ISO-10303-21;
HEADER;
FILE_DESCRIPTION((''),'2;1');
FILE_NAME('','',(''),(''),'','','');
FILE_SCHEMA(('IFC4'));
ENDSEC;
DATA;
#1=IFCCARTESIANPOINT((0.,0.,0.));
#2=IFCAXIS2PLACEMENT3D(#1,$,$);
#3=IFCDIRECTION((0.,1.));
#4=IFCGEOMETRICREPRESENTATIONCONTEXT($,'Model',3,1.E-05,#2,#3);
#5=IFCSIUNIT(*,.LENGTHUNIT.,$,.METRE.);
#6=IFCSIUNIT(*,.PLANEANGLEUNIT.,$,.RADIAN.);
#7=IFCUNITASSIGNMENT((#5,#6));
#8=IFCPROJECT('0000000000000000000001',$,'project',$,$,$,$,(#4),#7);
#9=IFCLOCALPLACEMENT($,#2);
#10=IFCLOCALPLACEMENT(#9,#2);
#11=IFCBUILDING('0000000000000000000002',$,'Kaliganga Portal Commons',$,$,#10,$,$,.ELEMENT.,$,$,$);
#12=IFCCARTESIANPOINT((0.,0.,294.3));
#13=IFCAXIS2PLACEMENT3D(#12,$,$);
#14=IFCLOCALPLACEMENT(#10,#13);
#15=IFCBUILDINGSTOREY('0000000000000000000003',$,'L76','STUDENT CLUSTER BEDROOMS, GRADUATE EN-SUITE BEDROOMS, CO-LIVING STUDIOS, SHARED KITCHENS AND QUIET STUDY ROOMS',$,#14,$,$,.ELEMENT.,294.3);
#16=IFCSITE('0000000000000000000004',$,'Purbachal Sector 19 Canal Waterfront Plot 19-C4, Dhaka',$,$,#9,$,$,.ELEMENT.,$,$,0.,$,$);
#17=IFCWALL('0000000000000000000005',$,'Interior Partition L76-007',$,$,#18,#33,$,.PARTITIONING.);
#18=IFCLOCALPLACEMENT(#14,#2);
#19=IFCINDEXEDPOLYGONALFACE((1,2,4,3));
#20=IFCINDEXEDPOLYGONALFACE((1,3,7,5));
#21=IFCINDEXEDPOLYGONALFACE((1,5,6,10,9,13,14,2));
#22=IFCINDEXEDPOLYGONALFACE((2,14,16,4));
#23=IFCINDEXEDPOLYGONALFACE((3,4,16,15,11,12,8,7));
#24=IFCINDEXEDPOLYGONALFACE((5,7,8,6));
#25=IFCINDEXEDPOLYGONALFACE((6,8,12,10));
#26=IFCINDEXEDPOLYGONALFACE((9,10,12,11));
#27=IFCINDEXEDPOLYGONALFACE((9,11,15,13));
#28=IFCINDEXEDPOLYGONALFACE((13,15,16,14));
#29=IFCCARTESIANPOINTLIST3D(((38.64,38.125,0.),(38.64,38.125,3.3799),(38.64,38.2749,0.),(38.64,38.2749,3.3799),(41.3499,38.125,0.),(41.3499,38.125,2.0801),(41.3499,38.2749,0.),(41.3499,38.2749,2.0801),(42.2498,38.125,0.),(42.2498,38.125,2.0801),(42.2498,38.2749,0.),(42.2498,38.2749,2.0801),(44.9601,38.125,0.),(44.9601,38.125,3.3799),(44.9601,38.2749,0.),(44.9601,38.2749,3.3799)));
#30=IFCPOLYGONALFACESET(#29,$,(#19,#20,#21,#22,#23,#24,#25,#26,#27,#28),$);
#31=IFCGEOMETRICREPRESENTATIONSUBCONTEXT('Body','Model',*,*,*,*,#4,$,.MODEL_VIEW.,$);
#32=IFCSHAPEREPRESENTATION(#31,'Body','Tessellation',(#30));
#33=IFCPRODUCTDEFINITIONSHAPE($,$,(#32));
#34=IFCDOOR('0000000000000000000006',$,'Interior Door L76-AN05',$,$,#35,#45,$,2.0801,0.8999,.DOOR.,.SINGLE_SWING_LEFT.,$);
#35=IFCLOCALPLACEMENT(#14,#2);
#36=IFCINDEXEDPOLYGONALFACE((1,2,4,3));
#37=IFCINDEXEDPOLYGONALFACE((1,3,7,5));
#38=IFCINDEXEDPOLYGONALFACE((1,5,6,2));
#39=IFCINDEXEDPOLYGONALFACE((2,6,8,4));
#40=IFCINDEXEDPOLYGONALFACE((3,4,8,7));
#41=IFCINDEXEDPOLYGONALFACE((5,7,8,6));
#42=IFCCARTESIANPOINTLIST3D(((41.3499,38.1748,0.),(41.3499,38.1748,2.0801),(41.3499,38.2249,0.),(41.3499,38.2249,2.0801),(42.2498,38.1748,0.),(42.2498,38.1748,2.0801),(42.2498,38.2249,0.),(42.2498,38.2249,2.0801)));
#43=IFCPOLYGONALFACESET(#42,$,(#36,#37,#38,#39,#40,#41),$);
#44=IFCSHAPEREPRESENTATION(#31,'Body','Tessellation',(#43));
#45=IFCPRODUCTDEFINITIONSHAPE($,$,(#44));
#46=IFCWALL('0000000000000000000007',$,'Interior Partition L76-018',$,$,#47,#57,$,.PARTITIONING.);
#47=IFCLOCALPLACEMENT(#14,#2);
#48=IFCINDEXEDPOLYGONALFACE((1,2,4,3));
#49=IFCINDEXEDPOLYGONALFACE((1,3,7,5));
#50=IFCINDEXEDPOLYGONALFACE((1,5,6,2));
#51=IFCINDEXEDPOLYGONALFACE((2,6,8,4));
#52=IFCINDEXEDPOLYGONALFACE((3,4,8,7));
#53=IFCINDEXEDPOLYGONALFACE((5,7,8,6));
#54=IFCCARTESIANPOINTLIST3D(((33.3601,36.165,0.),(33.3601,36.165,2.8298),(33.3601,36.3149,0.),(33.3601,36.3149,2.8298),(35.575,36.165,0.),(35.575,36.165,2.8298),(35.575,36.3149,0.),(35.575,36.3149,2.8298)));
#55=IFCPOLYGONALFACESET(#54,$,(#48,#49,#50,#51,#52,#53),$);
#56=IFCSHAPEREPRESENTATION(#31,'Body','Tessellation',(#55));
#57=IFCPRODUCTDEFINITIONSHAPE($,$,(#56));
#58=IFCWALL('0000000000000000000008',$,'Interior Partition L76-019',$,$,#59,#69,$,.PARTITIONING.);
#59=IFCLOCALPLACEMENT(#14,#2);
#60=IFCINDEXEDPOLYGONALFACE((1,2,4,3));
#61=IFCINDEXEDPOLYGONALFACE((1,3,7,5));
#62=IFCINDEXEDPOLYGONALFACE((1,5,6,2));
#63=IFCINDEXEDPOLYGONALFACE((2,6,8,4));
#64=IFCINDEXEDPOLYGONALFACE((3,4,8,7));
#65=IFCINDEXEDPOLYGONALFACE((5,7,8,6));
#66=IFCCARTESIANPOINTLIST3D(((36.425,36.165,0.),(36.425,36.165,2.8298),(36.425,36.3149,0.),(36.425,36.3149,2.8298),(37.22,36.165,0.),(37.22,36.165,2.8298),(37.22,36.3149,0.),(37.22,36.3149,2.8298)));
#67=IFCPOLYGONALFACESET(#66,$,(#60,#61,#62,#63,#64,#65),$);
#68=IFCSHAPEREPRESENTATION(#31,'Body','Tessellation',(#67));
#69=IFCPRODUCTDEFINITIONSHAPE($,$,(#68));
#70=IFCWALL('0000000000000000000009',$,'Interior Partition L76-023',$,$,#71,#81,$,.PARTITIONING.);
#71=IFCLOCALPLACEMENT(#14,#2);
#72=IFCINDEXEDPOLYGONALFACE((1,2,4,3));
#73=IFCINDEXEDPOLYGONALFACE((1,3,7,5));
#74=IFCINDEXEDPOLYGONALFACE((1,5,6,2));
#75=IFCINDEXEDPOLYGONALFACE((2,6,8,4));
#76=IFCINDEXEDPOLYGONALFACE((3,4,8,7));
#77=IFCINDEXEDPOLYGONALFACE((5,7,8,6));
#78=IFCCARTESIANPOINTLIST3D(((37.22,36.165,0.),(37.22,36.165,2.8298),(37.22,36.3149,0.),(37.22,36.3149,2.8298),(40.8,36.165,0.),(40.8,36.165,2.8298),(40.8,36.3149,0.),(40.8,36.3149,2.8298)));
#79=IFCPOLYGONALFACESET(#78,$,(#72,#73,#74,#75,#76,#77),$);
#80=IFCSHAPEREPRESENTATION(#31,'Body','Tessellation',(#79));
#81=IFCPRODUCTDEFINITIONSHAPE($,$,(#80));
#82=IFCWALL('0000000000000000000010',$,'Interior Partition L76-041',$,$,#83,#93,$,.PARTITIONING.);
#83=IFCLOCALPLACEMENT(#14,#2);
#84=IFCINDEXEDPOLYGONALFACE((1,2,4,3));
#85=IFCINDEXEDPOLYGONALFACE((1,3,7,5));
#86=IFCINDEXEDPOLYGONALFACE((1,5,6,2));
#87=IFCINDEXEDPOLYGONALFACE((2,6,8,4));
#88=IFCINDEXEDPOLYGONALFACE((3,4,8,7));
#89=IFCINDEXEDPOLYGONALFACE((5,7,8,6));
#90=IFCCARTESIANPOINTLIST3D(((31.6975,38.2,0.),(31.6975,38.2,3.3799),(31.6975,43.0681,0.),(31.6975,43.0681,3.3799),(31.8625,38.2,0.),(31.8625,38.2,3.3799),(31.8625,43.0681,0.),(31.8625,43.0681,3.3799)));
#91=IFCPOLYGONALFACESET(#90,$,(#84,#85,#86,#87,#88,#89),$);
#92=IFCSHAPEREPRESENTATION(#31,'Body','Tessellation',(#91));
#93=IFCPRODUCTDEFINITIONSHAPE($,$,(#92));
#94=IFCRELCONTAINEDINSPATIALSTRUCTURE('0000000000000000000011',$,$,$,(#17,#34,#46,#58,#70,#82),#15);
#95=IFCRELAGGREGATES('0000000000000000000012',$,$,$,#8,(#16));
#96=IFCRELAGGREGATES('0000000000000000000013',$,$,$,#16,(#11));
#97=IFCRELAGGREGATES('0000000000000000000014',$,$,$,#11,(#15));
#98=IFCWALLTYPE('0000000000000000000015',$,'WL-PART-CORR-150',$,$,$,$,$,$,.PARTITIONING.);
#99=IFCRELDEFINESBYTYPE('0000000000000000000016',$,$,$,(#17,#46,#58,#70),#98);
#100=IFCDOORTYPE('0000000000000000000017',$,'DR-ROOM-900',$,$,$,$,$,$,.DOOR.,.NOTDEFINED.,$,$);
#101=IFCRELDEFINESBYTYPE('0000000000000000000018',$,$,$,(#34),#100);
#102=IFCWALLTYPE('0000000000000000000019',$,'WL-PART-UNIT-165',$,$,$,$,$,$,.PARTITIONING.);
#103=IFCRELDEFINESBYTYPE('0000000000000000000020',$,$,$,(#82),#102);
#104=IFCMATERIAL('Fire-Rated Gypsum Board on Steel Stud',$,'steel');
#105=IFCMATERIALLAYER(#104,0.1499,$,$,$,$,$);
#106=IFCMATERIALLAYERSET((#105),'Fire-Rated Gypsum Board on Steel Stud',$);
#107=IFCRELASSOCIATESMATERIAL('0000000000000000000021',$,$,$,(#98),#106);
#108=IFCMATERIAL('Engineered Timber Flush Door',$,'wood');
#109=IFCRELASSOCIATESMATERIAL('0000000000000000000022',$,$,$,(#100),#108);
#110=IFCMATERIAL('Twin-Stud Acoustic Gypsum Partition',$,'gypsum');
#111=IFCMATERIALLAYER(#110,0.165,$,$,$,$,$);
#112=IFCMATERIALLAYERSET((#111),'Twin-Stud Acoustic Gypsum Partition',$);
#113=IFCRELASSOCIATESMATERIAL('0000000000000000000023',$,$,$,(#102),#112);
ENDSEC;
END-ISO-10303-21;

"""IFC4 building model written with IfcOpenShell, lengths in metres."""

from ifc_helpers import new_model, si_unit, direction, frame, frame_2d, origin, place, context, subcontext, project, spatial, rectangle, extrude, material, layer, layer_set, type_object, element, fill, save


model = new_model("IFC4")

# Units and contexts
model_context = context("Model", 3, precision=1e-05, world=origin(), true_north=direction((0.0, 1.0)))
body_context = subcontext(model_context, "Body", "Model", "MODEL_VIEW")
ifc_project = project(units=[si_unit("LENGTHUNIT", "METRE"), si_unit("PLANEANGLEUNIT", "RADIAN")], contexts=[model_context])

# Site, building, storey
site_placement = place(None, origin())
site = spatial("IfcSite", under=ifc_project, at=site_placement, Name="Purbachal Sector 19 Canal Waterfront Plot 19-C4, Dhaka", CompositionType="ELEMENT", RefElevation=0.0)
building_placement = place(site_placement, origin())
building = spatial("IfcBuilding", under=site, at=building_placement, Name="Kaliganga Portal Commons", CompositionType="ELEMENT")
storey_placement = place(building_placement, frame((0.0, 0.0, 294.3)))
storey = spatial("IfcBuildingStorey", under=building, at=storey_placement, Name="L76", Description="STUDENT CLUSTER BEDROOMS, GRADUATE EN-SUITE BEDROOMS, CO-LIVING STUDIOS, SHARED KITCHENS AND QUIET STUDY ROOMS", CompositionType="ELEMENT", Elevation=294.3)

# Wall, opening, door
ifc_material_1 = material(Name="Fire-Rated Gypsum Board on Steel Stud", Category="steel")
ifc_layer_1 = layer(ifc_material_1, 0.1499)
ifc_layer_set_1 = layer_set([ifc_layer_1], Name="Fire-Rated Gypsum Board on Steel Stud")
wall_type_1 = type_object("IfcWallType", Name="WL-PART-CORR-150", PredefinedType="PARTITIONING", material=ifc_layer_set_1)
wall_1_placement = place(storey_placement, frame((38.6399, 38.2, 0.0), z_axis=(0.0, 0.0, 1.0), x_axis=(1.0, 0.0, 0.0)))
wall_1 = element("IfcWall", 1, at=wall_1_placement, inside=storey, type_object=wall_type_1, Name="Interior Partition L76-007", PredefinedType="PARTITIONING", context=body_context, shape_type="SweptSolid", body=[
    extrude(rectangle(XDim=6.3201, YDim=0.1499, at=frame_2d((3.1602, 0.0))), origin(), (0.0, 0.0, 1.0), 3.3799),
])
opening_1_placement = place(wall_1_placement, frame((2.71, 0.0, 0.0)))
opening_1 = element("IfcOpeningElement", 2, at=opening_1_placement, cuts=wall_1, PredefinedType="OPENING", context=body_context, shape_type="SweptSolid", body=[
    extrude(rectangle(XDim=0.8999, YDim=2.0801, at=frame_2d((0.45, 1.04))), frame((0.0, 0.085, 0.0), z_axis=(0.0, -1.0, 0.0), x_axis=(1.0, 0.0, 0.0)), (0.0, 0.0, 1.0), 0.1699),
])
ifc_material_2 = material(Name="Engineered Timber Flush Door", Category="wood")
door_type_1 = type_object("IfcDoorType", Name="DR-ROOM-900", OperationType="NOTDEFINED", PredefinedType="DOOR", material=ifc_material_2)
door_1_placement = place(opening_1_placement, origin())
door_1 = element("IfcDoor", 3, at=door_1_placement, inside=storey, type_object=door_type_1, Name="Interior Door L76-AN05", OperationType="SINGLE_SWING_LEFT", OverallHeight=2.0801, OverallWidth=0.8999, PredefinedType="DOOR", context=body_context, shape_type="SweptSolid", body=[
    extrude(rectangle(XDim=0.8999, YDim=2.0801, at=frame_2d((0.45, 1.04))), frame((0.0, 0.0249, 0.0), z_axis=(0.0, -1.0, 0.0), x_axis=(1.0, 0.0, 0.0)), (0.0, 0.0, 1.0), 0.05),
])
fill(opening_1, door_1)

# Walls
wall_2_placement = place(storey_placement, frame((33.3601, 36.24, 0.0), z_axis=(0.0, 0.0, 1.0), x_axis=(1.0, 0.0, 0.0)))
element("IfcWall", 4, at=wall_2_placement, inside=storey, type_object=wall_type_1, Name="Interior Partition L76-018", PredefinedType="PARTITIONING", context=body_context, shape_type="SweptSolid", body=[
    extrude(rectangle(XDim=2.2148, YDim=0.1499, at=frame_2d((1.1074, 0.0))), origin(), (0.0, 0.0, 1.0), 2.8298),
])
wall_3_placement = place(storey_placement, frame((36.425, 36.24, 0.0), z_axis=(0.0, 0.0, 1.0), x_axis=(1.0, 0.0, 0.0)))
element("IfcWall", 5, at=wall_3_placement, inside=storey, type_object=wall_type_1, Name="Interior Partition L76-019", PredefinedType="PARTITIONING", context=body_context, shape_type="SweptSolid", body=[
    extrude(rectangle(XDim=0.7949, YDim=0.1499, at=frame_2d((0.3975, 0.0))), origin(), (0.0, 0.0, 1.0), 2.8298),
])
wall_4_placement = place(storey_placement, frame((37.22, 36.24, 0.0), z_axis=(0.0, 0.0, 1.0), x_axis=(1.0, 0.0, 0.0)))
element("IfcWall", 6, at=wall_4_placement, inside=storey, type_object=wall_type_1, Name="Interior Partition L76-023", PredefinedType="PARTITIONING", context=body_context, shape_type="SweptSolid", body=[
    extrude(rectangle(XDim=3.5801, YDim=0.1499, at=frame_2d((1.79, 0.0))), origin(), (0.0, 0.0, 1.0), 2.8298),
])
ifc_material_3 = material(Name="Twin-Stud Acoustic Gypsum Partition", Category="gypsum")
ifc_layer_2 = layer(ifc_material_3, 0.165)
ifc_layer_set_2 = layer_set([ifc_layer_2], Name="Twin-Stud Acoustic Gypsum Partition")
wall_type_2 = type_object("IfcWallType", Name="WL-PART-UNIT-165", PredefinedType="PARTITIONING", material=ifc_layer_set_2)
wall_5_placement = place(storey_placement, frame((31.78, 38.2, 0.0), z_axis=(0.0, 0.0, 1.0), x_axis=(0.0, 1.0, 0.0)))
element("IfcWall", 7, at=wall_5_placement, inside=storey, type_object=wall_type_2, Name="Interior Partition L76-041", PredefinedType="PARTITIONING", context=body_context, shape_type="SweptSolid", body=[
    extrude(rectangle(XDim=4.8682, YDim=0.165, at=frame_2d((2.4341, 0.0))), origin(), (0.0, 0.0, 1.0), 3.3799),
])

save(model, "model.ifc")
